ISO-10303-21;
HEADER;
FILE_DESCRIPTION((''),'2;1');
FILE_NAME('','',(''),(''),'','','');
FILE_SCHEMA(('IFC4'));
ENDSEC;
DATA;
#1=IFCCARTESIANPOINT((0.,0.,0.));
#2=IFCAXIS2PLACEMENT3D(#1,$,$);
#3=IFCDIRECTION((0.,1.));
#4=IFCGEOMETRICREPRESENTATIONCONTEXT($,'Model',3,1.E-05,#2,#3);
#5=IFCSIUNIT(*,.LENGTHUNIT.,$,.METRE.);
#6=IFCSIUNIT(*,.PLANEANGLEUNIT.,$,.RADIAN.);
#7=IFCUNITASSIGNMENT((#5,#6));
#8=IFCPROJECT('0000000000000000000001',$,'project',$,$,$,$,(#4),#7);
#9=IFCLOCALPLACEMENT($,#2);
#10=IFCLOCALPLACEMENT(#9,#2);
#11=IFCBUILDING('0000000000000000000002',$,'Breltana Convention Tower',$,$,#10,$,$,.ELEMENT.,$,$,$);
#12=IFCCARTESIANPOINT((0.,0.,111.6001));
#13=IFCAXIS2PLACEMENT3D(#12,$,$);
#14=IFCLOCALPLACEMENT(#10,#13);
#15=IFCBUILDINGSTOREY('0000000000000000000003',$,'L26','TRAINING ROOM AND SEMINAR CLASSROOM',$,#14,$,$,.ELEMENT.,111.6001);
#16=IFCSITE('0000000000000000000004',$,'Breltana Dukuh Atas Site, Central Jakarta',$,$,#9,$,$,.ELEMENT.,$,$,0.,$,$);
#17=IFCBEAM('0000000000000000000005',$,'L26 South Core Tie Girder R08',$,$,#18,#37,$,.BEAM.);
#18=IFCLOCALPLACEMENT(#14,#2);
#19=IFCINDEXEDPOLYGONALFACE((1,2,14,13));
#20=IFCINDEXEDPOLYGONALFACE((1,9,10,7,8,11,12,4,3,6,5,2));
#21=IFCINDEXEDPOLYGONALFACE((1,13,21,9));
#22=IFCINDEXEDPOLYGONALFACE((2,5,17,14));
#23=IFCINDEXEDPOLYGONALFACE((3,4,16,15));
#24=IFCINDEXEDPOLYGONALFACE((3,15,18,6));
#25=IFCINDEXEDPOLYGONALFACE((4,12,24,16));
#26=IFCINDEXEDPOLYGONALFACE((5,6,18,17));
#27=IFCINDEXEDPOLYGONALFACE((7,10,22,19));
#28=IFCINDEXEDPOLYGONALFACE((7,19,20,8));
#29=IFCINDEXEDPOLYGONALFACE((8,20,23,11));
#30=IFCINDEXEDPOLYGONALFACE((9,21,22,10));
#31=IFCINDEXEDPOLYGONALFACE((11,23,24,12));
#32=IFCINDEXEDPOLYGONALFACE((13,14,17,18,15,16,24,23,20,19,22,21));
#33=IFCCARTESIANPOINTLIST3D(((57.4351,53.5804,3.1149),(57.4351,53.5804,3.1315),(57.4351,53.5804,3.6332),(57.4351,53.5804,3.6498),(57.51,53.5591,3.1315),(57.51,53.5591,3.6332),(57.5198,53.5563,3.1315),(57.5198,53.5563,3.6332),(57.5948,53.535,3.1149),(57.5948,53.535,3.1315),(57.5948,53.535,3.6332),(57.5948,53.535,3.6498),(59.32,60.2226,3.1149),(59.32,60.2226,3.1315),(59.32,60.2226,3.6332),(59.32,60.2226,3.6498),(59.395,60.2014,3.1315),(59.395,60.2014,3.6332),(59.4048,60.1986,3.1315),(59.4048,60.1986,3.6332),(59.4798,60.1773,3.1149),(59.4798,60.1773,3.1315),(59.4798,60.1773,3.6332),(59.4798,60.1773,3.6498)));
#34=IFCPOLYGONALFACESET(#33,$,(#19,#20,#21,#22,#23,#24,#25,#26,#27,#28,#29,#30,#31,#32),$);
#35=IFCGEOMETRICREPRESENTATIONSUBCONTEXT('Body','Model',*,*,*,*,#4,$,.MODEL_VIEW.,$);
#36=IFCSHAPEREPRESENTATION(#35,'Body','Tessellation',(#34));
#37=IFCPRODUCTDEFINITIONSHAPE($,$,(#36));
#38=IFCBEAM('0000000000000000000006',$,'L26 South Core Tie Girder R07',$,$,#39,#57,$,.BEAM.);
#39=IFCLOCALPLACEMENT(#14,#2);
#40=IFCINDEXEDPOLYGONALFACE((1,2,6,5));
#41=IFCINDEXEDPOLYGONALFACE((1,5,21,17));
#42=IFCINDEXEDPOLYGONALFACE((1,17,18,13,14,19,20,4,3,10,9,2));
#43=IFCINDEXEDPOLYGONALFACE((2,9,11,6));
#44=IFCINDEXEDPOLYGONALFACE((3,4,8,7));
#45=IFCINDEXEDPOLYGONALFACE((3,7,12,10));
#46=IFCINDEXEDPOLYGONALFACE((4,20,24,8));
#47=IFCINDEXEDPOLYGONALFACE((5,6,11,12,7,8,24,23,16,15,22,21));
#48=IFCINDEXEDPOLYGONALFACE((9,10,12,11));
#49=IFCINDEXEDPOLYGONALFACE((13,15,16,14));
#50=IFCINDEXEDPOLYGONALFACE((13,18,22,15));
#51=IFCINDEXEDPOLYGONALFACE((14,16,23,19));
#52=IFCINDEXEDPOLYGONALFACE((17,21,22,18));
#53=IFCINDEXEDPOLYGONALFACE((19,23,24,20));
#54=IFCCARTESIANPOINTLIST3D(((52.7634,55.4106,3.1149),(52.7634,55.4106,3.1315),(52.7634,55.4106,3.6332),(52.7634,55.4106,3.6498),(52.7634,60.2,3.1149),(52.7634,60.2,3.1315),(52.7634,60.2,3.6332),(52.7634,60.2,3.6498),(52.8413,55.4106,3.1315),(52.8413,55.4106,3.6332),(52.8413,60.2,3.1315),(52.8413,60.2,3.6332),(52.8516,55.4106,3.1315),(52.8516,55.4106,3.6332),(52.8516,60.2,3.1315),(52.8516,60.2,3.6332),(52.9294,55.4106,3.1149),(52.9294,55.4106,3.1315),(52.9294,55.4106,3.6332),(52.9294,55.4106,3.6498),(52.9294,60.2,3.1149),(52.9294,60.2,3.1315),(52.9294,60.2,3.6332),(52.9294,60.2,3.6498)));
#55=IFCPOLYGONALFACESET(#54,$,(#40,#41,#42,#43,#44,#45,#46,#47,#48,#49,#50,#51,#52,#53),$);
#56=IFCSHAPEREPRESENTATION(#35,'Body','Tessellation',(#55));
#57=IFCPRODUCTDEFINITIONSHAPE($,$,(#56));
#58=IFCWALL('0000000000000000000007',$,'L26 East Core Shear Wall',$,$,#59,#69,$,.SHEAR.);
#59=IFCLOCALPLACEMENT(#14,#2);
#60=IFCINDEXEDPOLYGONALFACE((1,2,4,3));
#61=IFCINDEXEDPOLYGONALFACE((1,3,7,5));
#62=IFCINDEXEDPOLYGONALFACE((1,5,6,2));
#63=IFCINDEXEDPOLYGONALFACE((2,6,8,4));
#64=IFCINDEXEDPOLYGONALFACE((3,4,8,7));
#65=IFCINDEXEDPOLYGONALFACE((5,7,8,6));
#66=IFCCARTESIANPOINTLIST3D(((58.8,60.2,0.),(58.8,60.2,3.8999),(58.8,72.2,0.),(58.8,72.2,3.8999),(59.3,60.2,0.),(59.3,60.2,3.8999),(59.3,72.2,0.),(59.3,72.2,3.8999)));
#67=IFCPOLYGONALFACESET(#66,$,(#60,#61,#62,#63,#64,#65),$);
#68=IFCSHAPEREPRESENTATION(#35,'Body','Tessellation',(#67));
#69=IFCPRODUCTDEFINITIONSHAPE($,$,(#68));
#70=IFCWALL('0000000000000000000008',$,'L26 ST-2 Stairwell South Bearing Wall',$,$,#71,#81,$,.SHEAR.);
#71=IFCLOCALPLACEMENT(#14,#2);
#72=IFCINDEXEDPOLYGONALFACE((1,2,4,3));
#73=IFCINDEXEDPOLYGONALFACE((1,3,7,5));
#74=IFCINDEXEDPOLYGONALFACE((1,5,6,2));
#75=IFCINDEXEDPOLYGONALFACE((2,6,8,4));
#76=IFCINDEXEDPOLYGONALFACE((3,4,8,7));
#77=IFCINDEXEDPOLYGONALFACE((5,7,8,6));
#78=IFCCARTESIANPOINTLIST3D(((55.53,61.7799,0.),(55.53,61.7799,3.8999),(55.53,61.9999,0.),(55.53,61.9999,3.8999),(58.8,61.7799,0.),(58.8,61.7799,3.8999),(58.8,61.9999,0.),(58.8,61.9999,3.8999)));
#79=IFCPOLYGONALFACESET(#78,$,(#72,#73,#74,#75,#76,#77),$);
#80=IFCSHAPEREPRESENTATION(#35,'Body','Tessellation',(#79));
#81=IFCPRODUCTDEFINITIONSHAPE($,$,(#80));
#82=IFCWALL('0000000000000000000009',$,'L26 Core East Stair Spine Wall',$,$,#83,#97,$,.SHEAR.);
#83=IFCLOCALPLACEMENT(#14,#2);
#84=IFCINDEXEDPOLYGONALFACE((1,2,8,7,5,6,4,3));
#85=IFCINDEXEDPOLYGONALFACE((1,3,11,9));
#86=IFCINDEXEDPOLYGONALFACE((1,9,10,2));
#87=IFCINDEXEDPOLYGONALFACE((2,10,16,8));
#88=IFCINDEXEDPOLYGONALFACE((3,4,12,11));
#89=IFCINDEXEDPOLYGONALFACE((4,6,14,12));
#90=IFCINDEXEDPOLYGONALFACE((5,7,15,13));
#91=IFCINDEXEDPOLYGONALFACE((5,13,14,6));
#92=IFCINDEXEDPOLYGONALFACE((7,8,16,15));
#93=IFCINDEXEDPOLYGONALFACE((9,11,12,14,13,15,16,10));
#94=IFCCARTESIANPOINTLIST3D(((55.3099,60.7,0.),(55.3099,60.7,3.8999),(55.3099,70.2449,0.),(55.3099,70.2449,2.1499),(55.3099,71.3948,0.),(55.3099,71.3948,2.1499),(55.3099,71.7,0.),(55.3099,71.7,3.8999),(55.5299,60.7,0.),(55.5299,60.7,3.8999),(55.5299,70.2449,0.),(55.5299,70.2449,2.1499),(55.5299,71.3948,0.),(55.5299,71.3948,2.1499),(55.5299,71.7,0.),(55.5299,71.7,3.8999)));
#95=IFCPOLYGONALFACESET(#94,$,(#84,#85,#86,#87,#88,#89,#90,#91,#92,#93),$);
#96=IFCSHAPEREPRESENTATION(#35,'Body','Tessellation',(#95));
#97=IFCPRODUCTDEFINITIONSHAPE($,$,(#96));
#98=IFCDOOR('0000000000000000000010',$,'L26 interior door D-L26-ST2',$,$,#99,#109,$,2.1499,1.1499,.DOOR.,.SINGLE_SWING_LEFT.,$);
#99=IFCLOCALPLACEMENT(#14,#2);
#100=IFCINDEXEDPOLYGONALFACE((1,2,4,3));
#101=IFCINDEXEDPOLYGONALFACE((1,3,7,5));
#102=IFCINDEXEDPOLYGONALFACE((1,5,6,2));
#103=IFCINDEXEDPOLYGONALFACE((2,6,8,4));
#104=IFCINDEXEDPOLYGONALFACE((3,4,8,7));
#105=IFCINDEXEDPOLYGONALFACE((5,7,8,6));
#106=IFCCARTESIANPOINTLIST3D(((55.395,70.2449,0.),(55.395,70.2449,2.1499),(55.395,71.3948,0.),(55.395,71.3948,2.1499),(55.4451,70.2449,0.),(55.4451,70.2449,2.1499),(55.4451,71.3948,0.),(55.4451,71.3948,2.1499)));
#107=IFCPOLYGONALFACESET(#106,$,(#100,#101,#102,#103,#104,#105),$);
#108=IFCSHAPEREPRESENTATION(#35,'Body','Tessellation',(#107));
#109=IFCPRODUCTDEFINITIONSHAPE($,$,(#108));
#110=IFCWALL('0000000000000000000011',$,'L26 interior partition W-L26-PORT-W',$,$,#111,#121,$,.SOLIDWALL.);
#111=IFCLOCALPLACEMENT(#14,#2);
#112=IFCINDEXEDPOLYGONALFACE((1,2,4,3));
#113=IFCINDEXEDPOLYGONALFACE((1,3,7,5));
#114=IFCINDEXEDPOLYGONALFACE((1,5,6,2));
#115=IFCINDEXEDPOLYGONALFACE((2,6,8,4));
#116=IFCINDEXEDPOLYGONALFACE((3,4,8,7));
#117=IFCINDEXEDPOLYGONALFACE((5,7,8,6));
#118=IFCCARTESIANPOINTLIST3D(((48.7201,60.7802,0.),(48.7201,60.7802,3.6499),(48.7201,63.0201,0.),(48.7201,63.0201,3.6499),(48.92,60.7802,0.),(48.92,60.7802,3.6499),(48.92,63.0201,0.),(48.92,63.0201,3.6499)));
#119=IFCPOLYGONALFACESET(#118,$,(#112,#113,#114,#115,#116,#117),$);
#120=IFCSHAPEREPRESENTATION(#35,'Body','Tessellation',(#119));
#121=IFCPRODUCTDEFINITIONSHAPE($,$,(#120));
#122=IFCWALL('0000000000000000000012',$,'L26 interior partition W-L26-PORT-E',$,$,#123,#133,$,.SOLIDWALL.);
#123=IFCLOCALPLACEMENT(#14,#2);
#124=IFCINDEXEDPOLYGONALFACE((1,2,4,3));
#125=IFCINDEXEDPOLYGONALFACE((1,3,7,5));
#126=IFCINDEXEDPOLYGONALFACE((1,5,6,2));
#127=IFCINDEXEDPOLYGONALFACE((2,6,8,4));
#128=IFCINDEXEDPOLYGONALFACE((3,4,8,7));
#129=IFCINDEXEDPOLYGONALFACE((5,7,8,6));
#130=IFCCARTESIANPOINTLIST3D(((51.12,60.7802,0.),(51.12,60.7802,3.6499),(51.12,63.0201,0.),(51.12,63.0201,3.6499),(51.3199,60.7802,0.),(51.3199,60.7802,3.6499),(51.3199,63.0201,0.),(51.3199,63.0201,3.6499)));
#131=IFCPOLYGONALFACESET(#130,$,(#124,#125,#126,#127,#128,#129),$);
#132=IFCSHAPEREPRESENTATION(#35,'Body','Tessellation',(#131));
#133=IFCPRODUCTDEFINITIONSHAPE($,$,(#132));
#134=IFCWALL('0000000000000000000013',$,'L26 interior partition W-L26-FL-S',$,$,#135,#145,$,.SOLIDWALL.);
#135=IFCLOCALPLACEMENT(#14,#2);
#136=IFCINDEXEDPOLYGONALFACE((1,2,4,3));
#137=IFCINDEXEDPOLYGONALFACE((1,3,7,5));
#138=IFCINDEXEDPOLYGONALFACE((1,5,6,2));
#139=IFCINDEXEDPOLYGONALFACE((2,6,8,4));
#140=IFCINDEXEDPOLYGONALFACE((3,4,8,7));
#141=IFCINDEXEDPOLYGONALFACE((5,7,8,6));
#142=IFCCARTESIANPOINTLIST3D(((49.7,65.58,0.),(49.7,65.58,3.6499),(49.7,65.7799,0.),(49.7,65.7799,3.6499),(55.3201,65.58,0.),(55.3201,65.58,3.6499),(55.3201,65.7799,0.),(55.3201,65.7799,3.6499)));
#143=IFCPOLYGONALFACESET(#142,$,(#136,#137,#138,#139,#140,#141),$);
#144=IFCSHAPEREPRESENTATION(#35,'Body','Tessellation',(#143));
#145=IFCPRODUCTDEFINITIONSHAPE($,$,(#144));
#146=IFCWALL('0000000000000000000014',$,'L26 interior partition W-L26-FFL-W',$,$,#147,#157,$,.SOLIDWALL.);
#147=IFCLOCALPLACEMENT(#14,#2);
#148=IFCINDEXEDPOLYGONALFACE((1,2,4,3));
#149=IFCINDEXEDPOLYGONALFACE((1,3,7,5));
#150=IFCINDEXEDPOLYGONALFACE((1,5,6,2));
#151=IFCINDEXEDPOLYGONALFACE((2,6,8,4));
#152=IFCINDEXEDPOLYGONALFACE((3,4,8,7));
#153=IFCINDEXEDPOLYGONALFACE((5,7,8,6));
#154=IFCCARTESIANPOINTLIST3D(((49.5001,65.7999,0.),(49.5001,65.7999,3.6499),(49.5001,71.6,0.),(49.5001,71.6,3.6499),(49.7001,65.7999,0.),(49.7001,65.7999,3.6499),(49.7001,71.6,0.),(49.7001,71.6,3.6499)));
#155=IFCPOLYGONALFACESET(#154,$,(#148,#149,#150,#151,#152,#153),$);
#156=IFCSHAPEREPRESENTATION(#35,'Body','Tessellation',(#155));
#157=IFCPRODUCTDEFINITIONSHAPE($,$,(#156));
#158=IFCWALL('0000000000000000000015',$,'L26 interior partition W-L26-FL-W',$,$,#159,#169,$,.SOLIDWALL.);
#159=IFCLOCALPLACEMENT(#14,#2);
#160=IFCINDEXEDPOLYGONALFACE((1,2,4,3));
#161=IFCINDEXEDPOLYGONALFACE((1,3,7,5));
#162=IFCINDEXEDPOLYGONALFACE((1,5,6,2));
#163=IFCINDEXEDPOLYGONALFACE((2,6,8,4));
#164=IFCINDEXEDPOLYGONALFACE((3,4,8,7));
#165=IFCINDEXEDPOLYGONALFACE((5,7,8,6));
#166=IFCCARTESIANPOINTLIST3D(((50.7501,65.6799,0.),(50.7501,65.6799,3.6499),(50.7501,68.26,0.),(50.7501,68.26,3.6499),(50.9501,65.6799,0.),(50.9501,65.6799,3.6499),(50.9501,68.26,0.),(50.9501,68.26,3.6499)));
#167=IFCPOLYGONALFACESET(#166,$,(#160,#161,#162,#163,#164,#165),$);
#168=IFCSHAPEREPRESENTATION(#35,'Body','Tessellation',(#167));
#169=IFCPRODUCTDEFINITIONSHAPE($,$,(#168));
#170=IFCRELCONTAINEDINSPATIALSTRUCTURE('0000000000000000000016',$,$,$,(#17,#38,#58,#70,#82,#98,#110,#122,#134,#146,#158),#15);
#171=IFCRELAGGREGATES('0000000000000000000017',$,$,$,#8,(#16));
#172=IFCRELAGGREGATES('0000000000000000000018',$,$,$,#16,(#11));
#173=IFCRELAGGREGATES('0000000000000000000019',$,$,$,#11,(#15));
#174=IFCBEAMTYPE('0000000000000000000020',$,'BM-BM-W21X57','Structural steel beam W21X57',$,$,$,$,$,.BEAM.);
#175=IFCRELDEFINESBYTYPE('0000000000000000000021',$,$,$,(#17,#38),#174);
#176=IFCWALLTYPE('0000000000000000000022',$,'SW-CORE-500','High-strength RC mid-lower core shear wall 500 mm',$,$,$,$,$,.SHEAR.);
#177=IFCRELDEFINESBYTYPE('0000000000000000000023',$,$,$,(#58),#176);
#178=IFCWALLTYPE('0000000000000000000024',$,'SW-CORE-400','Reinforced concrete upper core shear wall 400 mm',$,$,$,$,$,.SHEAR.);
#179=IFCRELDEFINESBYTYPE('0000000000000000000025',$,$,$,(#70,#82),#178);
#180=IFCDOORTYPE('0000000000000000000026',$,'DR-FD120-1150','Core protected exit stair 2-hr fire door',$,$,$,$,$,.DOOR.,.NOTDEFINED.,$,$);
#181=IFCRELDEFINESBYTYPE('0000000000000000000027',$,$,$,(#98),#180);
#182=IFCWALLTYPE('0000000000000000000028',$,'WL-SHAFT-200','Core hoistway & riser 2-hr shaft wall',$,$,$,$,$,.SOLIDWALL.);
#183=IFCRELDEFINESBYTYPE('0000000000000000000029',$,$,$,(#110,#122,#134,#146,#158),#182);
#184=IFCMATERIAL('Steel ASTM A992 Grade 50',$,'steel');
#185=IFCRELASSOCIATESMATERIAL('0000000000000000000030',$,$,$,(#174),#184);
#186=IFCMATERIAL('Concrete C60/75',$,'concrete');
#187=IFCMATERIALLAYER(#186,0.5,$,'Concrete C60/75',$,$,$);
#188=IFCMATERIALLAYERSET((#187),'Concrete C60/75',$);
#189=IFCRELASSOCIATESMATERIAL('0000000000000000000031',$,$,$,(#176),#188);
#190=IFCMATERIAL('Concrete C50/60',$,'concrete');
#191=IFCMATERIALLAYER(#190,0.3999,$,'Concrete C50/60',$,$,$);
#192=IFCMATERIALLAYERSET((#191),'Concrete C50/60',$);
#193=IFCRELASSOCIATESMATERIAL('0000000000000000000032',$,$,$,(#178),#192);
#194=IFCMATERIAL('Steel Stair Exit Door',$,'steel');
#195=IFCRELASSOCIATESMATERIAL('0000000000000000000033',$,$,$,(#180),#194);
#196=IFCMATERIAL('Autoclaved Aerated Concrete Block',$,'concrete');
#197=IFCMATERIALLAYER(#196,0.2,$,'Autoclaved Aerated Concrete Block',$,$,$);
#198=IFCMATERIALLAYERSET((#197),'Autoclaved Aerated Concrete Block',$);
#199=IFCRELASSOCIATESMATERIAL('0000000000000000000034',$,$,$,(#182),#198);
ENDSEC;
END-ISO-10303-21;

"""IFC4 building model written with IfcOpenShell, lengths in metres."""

from ifc_helpers import new_model, si_unit, direction, frame, frame_2d, origin, origin_2d, place, context, subcontext, project, spatial, rectangle, i_section, extrude, source, transform, mapped, material, layer, layer_set, material_profile, profile_set, type_object, type_shapes, element, fill, save


model = new_model("IFC4")

# Units and contexts
model_context = context("Model", 3, precision=1e-05, world=origin(), true_north=direction((0.0, 1.0)))
body_context = subcontext(model_context, "Body", "Model", "MODEL_VIEW")
ifc_project = project(units=[si_unit("LENGTHUNIT", "METRE"), si_unit("PLANEANGLEUNIT", "RADIAN")], contexts=[model_context])

# Site, building, storey
site_placement = place(None, origin())
site = spatial("IfcSite", under=ifc_project, at=site_placement, Name="Breltana Dukuh Atas Site, Central Jakarta", CompositionType="ELEMENT", RefElevation=0.0)
building_placement = place(site_placement, origin())
building = spatial("IfcBuilding", under=site, at=building_placement, Name="Breltana Convention Tower", CompositionType="ELEMENT")
storey_placement = place(building_placement, frame((0.0, 0.0, 111.6001)))
storey = spatial("IfcBuildingStorey", under=building, at=storey_placement, Name="L26", Description="TRAINING ROOM AND SEMINAR CLASSROOM", CompositionType="ELEMENT", Elevation=111.6001)

# Beams
ifc_material_1 = material(Name="Steel ASTM A992 Grade 50", Category="steel")
ifc_material_profile = material_profile(ifc_material_1, i_section(OverallWidth=0.166, OverallDepth=0.5349, WebThickness=0.0103, FlangeThickness=0.0166, at=origin_2d()), Name="W21X57")
ifc_profile_set = profile_set([ifc_material_profile], Name="Steel ASTM A992 Grade 50")
beam_type = type_object("IfcBeamType", Name="BM-BM-W21X57", Description="Structural steel beam W21X57", PredefinedType="BEAM", material=ifc_profile_set)
shared_shape_1 = source(origin(), body_context, "Body", "SweptSolid", [
    extrude(i_section(OverallWidth=0.166, OverallDepth=0.5349, WebThickness=0.0103, FlangeThickness=0.0166, at=origin_2d()), origin(), (0.0, 0.0, 1.0), 6.9045),
])
type_shapes(beam_type, [shared_shape_1])
beam_1_placement = place(storey_placement, frame((59.3999, 60.2, 3.3823), z_axis=(-0.273007, -0.962012, 0.0), x_axis=(0.962012, -0.273007, 0.0)))
element("IfcBeam", 1, at=beam_1_placement, inside=storey, type_object=beam_type, Name="L26 South Core Tie Girder R08", PredefinedType="BEAM", context=body_context, shape_type="MappedRepresentation", body=[
    mapped(shared_shape_1, transform((0.0, 0.0, 0.0), scale=1.0)),
])
shared_shape_2 = source(origin(), body_context, "Body", "SweptSolid", [
    extrude(i_section(OverallWidth=0.166, OverallDepth=0.5349, WebThickness=0.0103, FlangeThickness=0.0166, at=origin_2d()), origin(), (0.0, 0.0, 1.0), 4.7893),
])
beam_2_placement = place(storey_placement, frame((52.8464, 60.2, 3.3823), z_axis=(0.0, -1.0, 0.0), x_axis=(1.0, 0.0, 0.0)))
element("IfcBeam", 2, at=beam_2_placement, inside=storey, type_object=beam_type, Name="L26 South Core Tie Girder R07", PredefinedType="BEAM", context=body_context, shape_type="MappedRepresentation", body=[
    mapped(shared_shape_2, transform((0.0, 0.0, 0.0), scale=1.0)),
])

# Walls
ifc_material_2 = material(Name="Concrete C60/75", Category="concrete")
ifc_layer_1 = layer(ifc_material_2, 0.5, Name="Concrete C60/75")
ifc_layer_set_1 = layer_set([ifc_layer_1], Name="Concrete C60/75")
wall_type_1 = type_object("IfcWallType", Name="SW-CORE-500", Description="High-strength RC mid-lower core shear wall 500 mm", PredefinedType="SHEAR", material=ifc_layer_set_1)
shared_shape_3 = source(origin(), body_context, "Body", "SweptSolid", [
    extrude(rectangle(XDim=12.0, YDim=0.5, at=frame_2d((6.0, 0.0))), origin(), (0.0, 0.0, 1.0), 3.8999),
])
wall_1_placement = place(storey_placement, frame((59.05, 60.2, 0.0), z_axis=(0.0, 0.0, 1.0), x_axis=(0.0, 1.0, 0.0)))
element("IfcWall", 3, at=wall_1_placement, inside=storey, type_object=wall_type_1, Name="L26 East Core Shear Wall", PredefinedType="SHEAR", context=body_context, shape_type="MappedRepresentation", body=[
    mapped(shared_shape_3, transform((0.0, 0.0, 0.0), scale=1.0)),
])
ifc_material_3 = material(Name="Concrete C50/60", Category="concrete")
ifc_layer_2 = layer(ifc_material_3, 0.3999, Name="Concrete C50/60")
ifc_layer_set_2 = layer_set([ifc_layer_2], Name="Concrete C50/60")
wall_type_2 = type_object("IfcWallType", Name="SW-CORE-400", Description="Reinforced concrete upper core shear wall 400 mm", PredefinedType="SHEAR", material=ifc_layer_set_2)
shared_shape_4 = source(origin(), body_context, "Body", "SweptSolid", [
    extrude(rectangle(XDim=3.27, YDim=0.22, at=frame_2d((1.635, 0.0))), origin(), (0.0, 0.0, 1.0), 3.8999),
])
wall_2_placement = place(storey_placement, frame((55.53, 61.8899, 0.0), z_axis=(0.0, 0.0, 1.0), x_axis=(1.0, 0.0, 0.0)))
element("IfcWall", 4, at=wall_2_placement, inside=storey, type_object=wall_type_2, Name="L26 ST-2 Stairwell South Bearing Wall", PredefinedType="SHEAR", context=body_context, shape_type="MappedRepresentation", body=[
    mapped(shared_shape_4, transform((0.0, 0.0, 0.0), scale=1.0)),
])

# Wall, opening, door
shared_shape_5 = source(origin(), body_context, "Body", "SweptSolid", [
    extrude(rectangle(XDim=11.0, YDim=0.22, at=frame_2d((5.5, 0.0))), origin(), (0.0, 0.0, 1.0), 3.8999),
])
wall_3_placement = place(storey_placement, frame((55.4199, 60.7, 0.0), z_axis=(0.0, 0.0, 1.0), x_axis=(0.0, 1.0, 0.0)))
wall_3 = element("IfcWall", 5, at=wall_3_placement, inside=storey, type_object=wall_type_2, Name="L26 Core East Stair Spine Wall", PredefinedType="SHEAR", context=body_context, shape_type="MappedRepresentation", body=[
    mapped(shared_shape_5, transform((0.0, 0.0, 0.0), scale=1.0)),
])
opening_1_placement = place(wall_3_placement, frame((9.5449, 0.0, 0.0)))
opening_1 = element("IfcOpeningElement", 6, at=opening_1_placement, cuts=wall_3, PredefinedType="OPENING", context=body_context, shape_type="SweptSolid", body=[
    extrude(rectangle(XDim=1.1499, YDim=2.1499, at=frame_2d((0.575, 1.075))), frame((0.0, 0.1201, 0.0), z_axis=(0.0, -1.0, 0.0), x_axis=(1.0, 0.0, 0.0)), (0.0, 0.0, 1.0), 0.24),
])
ifc_material_4 = material(Name="Steel Stair Exit Door", Category="steel")
door_type_1 = type_object("IfcDoorType", Name="DR-FD120-1150", Description="Core protected exit stair 2-hr fire door", OperationType="NOTDEFINED", PredefinedType="DOOR", material=ifc_material_4)
shared_shape_6 = source(origin(), body_context, "Body", "SweptSolid", [
    extrude(rectangle(XDim=1.1499, YDim=2.1499, at=frame_2d((0.575, 1.075))), frame((0.0, 0.0249, 0.0), z_axis=(0.0, -1.0, 0.0), x_axis=(1.0, 0.0, 0.0)), (0.0, 0.0, 1.0), 0.05),
])
type_shapes(door_type_1, [shared_shape_6])
door_1_placement = place(opening_1_placement, origin())
door_1 = element("IfcDoor", 7, at=door_1_placement, inside=storey, type_object=door_type_1, Name="L26 interior door D-L26-ST2", OperationType="SINGLE_SWING_LEFT", OverallHeight=2.1499, OverallWidth=1.1499, PredefinedType="DOOR", context=body_context, shape_type="MappedRepresentation", body=[
    mapped(shared_shape_6, transform((0.0, 0.0, 0.0), scale=1.0)),
])
fill(opening_1, door_1)

# Walls
ifc_material_5 = material(Name="Autoclaved Aerated Concrete Block", Category="concrete")
ifc_layer_3 = layer(ifc_material_5, 0.2, Name="Autoclaved Aerated Concrete Block")
ifc_layer_set_3 = layer_set([ifc_layer_3], Name="Autoclaved Aerated Concrete Block")
wall_type_3 = type_object("IfcWallType", Name="WL-SHAFT-200", Description="Core hoistway & riser 2-hr shaft wall", PredefinedType="SOLIDWALL", material=ifc_layer_set_3)
shared_shape_7 = source(origin(), body_context, "Body", "SweptSolid", [
    extrude(rectangle(XDim=2.24, YDim=0.2, at=frame_2d((1.1201, 0.0))), origin(), (0.0, 0.0, 1.0), 3.6499),
])
for number, where, z_axis, x_axis, name in (
    (8, (48.8201, 60.78, 0.0), (0.0, 0.0, 1.0), (0.0, 1.0, 0.0), "L26 interior partition W-L26-PORT-W"),
    (9, (51.22, 60.78, 0.0), (0.0, 0.0, 1.0), (0.0, 1.0, 0.0), "L26 interior partition W-L26-PORT-E"),
):
    element("IfcWall", number, at=place(storey_placement, frame(where, z_axis=z_axis, x_axis=x_axis)), inside=storey, type_object=wall_type_3, Name=name, PredefinedType="SOLIDWALL", context=body_context, shape_type="MappedRepresentation", body=[
        mapped(shared_shape_7, transform((0.0, 0.0, 0.0), scale=1.0)),
    ])
shared_shape_8 = source(origin(), body_context, "Body", "SweptSolid", [
    extrude(rectangle(XDim=5.6201, YDim=0.2, at=frame_2d((2.8101, 0.0))), origin(), (0.0, 0.0, 1.0), 3.6499),
])
wall_4_placement = place(storey_placement, frame((49.7, 65.6799, 0.0), z_axis=(0.0, 0.0, 1.0), x_axis=(1.0, 0.0, 0.0)))
element("IfcWall", 10, at=wall_4_placement, inside=storey, type_object=wall_type_3, Name="L26 interior partition W-L26-FL-S", PredefinedType="SOLIDWALL", context=body_context, shape_type="MappedRepresentation", body=[
    mapped(shared_shape_8, transform((0.0, 0.0, 0.0), scale=1.0)),
])
shared_shape_9 = source(origin(), body_context, "Body", "SweptSolid", [
    extrude(rectangle(XDim=5.8, YDim=0.2, at=frame_2d((2.8999, 0.0))), origin(), (0.0, 0.0, 1.0), 3.6499),
])
wall_5_placement = place(storey_placement, frame((49.6001, 65.8, 0.0), z_axis=(0.0, 0.0, 1.0), x_axis=(0.0, 1.0, 0.0)))
element("IfcWall", 11, at=wall_5_placement, inside=storey, type_object=wall_type_3, Name="L26 interior partition W-L26-FFL-W", PredefinedType="SOLIDWALL", context=body_context, shape_type="MappedRepresentation", body=[
    mapped(shared_shape_9, transform((0.0, 0.0, 0.0), scale=1.0)),
])
shared_shape_10 = source(origin(), body_context, "Body", "SweptSolid", [
    extrude(rectangle(XDim=2.5801, YDim=0.2, at=frame_2d((1.29, 0.0))), origin(), (0.0, 0.0, 1.0), 3.6499),
])
wall_6_placement = place(storey_placement, frame((50.8501, 65.6799, 0.0), z_axis=(0.0, 0.0, 1.0), x_axis=(0.0, 1.0, 0.0)))
element("IfcWall", 12, at=wall_6_placement, inside=storey, type_object=wall_type_3, Name="L26 interior partition W-L26-FL-W", PredefinedType="SOLIDWALL", context=body_context, shape_type="MappedRepresentation", body=[
    mapped(shared_shape_10, transform((0.0, 0.0, 0.0), scale=1.0)),
])

save(model, "model.ifc")
